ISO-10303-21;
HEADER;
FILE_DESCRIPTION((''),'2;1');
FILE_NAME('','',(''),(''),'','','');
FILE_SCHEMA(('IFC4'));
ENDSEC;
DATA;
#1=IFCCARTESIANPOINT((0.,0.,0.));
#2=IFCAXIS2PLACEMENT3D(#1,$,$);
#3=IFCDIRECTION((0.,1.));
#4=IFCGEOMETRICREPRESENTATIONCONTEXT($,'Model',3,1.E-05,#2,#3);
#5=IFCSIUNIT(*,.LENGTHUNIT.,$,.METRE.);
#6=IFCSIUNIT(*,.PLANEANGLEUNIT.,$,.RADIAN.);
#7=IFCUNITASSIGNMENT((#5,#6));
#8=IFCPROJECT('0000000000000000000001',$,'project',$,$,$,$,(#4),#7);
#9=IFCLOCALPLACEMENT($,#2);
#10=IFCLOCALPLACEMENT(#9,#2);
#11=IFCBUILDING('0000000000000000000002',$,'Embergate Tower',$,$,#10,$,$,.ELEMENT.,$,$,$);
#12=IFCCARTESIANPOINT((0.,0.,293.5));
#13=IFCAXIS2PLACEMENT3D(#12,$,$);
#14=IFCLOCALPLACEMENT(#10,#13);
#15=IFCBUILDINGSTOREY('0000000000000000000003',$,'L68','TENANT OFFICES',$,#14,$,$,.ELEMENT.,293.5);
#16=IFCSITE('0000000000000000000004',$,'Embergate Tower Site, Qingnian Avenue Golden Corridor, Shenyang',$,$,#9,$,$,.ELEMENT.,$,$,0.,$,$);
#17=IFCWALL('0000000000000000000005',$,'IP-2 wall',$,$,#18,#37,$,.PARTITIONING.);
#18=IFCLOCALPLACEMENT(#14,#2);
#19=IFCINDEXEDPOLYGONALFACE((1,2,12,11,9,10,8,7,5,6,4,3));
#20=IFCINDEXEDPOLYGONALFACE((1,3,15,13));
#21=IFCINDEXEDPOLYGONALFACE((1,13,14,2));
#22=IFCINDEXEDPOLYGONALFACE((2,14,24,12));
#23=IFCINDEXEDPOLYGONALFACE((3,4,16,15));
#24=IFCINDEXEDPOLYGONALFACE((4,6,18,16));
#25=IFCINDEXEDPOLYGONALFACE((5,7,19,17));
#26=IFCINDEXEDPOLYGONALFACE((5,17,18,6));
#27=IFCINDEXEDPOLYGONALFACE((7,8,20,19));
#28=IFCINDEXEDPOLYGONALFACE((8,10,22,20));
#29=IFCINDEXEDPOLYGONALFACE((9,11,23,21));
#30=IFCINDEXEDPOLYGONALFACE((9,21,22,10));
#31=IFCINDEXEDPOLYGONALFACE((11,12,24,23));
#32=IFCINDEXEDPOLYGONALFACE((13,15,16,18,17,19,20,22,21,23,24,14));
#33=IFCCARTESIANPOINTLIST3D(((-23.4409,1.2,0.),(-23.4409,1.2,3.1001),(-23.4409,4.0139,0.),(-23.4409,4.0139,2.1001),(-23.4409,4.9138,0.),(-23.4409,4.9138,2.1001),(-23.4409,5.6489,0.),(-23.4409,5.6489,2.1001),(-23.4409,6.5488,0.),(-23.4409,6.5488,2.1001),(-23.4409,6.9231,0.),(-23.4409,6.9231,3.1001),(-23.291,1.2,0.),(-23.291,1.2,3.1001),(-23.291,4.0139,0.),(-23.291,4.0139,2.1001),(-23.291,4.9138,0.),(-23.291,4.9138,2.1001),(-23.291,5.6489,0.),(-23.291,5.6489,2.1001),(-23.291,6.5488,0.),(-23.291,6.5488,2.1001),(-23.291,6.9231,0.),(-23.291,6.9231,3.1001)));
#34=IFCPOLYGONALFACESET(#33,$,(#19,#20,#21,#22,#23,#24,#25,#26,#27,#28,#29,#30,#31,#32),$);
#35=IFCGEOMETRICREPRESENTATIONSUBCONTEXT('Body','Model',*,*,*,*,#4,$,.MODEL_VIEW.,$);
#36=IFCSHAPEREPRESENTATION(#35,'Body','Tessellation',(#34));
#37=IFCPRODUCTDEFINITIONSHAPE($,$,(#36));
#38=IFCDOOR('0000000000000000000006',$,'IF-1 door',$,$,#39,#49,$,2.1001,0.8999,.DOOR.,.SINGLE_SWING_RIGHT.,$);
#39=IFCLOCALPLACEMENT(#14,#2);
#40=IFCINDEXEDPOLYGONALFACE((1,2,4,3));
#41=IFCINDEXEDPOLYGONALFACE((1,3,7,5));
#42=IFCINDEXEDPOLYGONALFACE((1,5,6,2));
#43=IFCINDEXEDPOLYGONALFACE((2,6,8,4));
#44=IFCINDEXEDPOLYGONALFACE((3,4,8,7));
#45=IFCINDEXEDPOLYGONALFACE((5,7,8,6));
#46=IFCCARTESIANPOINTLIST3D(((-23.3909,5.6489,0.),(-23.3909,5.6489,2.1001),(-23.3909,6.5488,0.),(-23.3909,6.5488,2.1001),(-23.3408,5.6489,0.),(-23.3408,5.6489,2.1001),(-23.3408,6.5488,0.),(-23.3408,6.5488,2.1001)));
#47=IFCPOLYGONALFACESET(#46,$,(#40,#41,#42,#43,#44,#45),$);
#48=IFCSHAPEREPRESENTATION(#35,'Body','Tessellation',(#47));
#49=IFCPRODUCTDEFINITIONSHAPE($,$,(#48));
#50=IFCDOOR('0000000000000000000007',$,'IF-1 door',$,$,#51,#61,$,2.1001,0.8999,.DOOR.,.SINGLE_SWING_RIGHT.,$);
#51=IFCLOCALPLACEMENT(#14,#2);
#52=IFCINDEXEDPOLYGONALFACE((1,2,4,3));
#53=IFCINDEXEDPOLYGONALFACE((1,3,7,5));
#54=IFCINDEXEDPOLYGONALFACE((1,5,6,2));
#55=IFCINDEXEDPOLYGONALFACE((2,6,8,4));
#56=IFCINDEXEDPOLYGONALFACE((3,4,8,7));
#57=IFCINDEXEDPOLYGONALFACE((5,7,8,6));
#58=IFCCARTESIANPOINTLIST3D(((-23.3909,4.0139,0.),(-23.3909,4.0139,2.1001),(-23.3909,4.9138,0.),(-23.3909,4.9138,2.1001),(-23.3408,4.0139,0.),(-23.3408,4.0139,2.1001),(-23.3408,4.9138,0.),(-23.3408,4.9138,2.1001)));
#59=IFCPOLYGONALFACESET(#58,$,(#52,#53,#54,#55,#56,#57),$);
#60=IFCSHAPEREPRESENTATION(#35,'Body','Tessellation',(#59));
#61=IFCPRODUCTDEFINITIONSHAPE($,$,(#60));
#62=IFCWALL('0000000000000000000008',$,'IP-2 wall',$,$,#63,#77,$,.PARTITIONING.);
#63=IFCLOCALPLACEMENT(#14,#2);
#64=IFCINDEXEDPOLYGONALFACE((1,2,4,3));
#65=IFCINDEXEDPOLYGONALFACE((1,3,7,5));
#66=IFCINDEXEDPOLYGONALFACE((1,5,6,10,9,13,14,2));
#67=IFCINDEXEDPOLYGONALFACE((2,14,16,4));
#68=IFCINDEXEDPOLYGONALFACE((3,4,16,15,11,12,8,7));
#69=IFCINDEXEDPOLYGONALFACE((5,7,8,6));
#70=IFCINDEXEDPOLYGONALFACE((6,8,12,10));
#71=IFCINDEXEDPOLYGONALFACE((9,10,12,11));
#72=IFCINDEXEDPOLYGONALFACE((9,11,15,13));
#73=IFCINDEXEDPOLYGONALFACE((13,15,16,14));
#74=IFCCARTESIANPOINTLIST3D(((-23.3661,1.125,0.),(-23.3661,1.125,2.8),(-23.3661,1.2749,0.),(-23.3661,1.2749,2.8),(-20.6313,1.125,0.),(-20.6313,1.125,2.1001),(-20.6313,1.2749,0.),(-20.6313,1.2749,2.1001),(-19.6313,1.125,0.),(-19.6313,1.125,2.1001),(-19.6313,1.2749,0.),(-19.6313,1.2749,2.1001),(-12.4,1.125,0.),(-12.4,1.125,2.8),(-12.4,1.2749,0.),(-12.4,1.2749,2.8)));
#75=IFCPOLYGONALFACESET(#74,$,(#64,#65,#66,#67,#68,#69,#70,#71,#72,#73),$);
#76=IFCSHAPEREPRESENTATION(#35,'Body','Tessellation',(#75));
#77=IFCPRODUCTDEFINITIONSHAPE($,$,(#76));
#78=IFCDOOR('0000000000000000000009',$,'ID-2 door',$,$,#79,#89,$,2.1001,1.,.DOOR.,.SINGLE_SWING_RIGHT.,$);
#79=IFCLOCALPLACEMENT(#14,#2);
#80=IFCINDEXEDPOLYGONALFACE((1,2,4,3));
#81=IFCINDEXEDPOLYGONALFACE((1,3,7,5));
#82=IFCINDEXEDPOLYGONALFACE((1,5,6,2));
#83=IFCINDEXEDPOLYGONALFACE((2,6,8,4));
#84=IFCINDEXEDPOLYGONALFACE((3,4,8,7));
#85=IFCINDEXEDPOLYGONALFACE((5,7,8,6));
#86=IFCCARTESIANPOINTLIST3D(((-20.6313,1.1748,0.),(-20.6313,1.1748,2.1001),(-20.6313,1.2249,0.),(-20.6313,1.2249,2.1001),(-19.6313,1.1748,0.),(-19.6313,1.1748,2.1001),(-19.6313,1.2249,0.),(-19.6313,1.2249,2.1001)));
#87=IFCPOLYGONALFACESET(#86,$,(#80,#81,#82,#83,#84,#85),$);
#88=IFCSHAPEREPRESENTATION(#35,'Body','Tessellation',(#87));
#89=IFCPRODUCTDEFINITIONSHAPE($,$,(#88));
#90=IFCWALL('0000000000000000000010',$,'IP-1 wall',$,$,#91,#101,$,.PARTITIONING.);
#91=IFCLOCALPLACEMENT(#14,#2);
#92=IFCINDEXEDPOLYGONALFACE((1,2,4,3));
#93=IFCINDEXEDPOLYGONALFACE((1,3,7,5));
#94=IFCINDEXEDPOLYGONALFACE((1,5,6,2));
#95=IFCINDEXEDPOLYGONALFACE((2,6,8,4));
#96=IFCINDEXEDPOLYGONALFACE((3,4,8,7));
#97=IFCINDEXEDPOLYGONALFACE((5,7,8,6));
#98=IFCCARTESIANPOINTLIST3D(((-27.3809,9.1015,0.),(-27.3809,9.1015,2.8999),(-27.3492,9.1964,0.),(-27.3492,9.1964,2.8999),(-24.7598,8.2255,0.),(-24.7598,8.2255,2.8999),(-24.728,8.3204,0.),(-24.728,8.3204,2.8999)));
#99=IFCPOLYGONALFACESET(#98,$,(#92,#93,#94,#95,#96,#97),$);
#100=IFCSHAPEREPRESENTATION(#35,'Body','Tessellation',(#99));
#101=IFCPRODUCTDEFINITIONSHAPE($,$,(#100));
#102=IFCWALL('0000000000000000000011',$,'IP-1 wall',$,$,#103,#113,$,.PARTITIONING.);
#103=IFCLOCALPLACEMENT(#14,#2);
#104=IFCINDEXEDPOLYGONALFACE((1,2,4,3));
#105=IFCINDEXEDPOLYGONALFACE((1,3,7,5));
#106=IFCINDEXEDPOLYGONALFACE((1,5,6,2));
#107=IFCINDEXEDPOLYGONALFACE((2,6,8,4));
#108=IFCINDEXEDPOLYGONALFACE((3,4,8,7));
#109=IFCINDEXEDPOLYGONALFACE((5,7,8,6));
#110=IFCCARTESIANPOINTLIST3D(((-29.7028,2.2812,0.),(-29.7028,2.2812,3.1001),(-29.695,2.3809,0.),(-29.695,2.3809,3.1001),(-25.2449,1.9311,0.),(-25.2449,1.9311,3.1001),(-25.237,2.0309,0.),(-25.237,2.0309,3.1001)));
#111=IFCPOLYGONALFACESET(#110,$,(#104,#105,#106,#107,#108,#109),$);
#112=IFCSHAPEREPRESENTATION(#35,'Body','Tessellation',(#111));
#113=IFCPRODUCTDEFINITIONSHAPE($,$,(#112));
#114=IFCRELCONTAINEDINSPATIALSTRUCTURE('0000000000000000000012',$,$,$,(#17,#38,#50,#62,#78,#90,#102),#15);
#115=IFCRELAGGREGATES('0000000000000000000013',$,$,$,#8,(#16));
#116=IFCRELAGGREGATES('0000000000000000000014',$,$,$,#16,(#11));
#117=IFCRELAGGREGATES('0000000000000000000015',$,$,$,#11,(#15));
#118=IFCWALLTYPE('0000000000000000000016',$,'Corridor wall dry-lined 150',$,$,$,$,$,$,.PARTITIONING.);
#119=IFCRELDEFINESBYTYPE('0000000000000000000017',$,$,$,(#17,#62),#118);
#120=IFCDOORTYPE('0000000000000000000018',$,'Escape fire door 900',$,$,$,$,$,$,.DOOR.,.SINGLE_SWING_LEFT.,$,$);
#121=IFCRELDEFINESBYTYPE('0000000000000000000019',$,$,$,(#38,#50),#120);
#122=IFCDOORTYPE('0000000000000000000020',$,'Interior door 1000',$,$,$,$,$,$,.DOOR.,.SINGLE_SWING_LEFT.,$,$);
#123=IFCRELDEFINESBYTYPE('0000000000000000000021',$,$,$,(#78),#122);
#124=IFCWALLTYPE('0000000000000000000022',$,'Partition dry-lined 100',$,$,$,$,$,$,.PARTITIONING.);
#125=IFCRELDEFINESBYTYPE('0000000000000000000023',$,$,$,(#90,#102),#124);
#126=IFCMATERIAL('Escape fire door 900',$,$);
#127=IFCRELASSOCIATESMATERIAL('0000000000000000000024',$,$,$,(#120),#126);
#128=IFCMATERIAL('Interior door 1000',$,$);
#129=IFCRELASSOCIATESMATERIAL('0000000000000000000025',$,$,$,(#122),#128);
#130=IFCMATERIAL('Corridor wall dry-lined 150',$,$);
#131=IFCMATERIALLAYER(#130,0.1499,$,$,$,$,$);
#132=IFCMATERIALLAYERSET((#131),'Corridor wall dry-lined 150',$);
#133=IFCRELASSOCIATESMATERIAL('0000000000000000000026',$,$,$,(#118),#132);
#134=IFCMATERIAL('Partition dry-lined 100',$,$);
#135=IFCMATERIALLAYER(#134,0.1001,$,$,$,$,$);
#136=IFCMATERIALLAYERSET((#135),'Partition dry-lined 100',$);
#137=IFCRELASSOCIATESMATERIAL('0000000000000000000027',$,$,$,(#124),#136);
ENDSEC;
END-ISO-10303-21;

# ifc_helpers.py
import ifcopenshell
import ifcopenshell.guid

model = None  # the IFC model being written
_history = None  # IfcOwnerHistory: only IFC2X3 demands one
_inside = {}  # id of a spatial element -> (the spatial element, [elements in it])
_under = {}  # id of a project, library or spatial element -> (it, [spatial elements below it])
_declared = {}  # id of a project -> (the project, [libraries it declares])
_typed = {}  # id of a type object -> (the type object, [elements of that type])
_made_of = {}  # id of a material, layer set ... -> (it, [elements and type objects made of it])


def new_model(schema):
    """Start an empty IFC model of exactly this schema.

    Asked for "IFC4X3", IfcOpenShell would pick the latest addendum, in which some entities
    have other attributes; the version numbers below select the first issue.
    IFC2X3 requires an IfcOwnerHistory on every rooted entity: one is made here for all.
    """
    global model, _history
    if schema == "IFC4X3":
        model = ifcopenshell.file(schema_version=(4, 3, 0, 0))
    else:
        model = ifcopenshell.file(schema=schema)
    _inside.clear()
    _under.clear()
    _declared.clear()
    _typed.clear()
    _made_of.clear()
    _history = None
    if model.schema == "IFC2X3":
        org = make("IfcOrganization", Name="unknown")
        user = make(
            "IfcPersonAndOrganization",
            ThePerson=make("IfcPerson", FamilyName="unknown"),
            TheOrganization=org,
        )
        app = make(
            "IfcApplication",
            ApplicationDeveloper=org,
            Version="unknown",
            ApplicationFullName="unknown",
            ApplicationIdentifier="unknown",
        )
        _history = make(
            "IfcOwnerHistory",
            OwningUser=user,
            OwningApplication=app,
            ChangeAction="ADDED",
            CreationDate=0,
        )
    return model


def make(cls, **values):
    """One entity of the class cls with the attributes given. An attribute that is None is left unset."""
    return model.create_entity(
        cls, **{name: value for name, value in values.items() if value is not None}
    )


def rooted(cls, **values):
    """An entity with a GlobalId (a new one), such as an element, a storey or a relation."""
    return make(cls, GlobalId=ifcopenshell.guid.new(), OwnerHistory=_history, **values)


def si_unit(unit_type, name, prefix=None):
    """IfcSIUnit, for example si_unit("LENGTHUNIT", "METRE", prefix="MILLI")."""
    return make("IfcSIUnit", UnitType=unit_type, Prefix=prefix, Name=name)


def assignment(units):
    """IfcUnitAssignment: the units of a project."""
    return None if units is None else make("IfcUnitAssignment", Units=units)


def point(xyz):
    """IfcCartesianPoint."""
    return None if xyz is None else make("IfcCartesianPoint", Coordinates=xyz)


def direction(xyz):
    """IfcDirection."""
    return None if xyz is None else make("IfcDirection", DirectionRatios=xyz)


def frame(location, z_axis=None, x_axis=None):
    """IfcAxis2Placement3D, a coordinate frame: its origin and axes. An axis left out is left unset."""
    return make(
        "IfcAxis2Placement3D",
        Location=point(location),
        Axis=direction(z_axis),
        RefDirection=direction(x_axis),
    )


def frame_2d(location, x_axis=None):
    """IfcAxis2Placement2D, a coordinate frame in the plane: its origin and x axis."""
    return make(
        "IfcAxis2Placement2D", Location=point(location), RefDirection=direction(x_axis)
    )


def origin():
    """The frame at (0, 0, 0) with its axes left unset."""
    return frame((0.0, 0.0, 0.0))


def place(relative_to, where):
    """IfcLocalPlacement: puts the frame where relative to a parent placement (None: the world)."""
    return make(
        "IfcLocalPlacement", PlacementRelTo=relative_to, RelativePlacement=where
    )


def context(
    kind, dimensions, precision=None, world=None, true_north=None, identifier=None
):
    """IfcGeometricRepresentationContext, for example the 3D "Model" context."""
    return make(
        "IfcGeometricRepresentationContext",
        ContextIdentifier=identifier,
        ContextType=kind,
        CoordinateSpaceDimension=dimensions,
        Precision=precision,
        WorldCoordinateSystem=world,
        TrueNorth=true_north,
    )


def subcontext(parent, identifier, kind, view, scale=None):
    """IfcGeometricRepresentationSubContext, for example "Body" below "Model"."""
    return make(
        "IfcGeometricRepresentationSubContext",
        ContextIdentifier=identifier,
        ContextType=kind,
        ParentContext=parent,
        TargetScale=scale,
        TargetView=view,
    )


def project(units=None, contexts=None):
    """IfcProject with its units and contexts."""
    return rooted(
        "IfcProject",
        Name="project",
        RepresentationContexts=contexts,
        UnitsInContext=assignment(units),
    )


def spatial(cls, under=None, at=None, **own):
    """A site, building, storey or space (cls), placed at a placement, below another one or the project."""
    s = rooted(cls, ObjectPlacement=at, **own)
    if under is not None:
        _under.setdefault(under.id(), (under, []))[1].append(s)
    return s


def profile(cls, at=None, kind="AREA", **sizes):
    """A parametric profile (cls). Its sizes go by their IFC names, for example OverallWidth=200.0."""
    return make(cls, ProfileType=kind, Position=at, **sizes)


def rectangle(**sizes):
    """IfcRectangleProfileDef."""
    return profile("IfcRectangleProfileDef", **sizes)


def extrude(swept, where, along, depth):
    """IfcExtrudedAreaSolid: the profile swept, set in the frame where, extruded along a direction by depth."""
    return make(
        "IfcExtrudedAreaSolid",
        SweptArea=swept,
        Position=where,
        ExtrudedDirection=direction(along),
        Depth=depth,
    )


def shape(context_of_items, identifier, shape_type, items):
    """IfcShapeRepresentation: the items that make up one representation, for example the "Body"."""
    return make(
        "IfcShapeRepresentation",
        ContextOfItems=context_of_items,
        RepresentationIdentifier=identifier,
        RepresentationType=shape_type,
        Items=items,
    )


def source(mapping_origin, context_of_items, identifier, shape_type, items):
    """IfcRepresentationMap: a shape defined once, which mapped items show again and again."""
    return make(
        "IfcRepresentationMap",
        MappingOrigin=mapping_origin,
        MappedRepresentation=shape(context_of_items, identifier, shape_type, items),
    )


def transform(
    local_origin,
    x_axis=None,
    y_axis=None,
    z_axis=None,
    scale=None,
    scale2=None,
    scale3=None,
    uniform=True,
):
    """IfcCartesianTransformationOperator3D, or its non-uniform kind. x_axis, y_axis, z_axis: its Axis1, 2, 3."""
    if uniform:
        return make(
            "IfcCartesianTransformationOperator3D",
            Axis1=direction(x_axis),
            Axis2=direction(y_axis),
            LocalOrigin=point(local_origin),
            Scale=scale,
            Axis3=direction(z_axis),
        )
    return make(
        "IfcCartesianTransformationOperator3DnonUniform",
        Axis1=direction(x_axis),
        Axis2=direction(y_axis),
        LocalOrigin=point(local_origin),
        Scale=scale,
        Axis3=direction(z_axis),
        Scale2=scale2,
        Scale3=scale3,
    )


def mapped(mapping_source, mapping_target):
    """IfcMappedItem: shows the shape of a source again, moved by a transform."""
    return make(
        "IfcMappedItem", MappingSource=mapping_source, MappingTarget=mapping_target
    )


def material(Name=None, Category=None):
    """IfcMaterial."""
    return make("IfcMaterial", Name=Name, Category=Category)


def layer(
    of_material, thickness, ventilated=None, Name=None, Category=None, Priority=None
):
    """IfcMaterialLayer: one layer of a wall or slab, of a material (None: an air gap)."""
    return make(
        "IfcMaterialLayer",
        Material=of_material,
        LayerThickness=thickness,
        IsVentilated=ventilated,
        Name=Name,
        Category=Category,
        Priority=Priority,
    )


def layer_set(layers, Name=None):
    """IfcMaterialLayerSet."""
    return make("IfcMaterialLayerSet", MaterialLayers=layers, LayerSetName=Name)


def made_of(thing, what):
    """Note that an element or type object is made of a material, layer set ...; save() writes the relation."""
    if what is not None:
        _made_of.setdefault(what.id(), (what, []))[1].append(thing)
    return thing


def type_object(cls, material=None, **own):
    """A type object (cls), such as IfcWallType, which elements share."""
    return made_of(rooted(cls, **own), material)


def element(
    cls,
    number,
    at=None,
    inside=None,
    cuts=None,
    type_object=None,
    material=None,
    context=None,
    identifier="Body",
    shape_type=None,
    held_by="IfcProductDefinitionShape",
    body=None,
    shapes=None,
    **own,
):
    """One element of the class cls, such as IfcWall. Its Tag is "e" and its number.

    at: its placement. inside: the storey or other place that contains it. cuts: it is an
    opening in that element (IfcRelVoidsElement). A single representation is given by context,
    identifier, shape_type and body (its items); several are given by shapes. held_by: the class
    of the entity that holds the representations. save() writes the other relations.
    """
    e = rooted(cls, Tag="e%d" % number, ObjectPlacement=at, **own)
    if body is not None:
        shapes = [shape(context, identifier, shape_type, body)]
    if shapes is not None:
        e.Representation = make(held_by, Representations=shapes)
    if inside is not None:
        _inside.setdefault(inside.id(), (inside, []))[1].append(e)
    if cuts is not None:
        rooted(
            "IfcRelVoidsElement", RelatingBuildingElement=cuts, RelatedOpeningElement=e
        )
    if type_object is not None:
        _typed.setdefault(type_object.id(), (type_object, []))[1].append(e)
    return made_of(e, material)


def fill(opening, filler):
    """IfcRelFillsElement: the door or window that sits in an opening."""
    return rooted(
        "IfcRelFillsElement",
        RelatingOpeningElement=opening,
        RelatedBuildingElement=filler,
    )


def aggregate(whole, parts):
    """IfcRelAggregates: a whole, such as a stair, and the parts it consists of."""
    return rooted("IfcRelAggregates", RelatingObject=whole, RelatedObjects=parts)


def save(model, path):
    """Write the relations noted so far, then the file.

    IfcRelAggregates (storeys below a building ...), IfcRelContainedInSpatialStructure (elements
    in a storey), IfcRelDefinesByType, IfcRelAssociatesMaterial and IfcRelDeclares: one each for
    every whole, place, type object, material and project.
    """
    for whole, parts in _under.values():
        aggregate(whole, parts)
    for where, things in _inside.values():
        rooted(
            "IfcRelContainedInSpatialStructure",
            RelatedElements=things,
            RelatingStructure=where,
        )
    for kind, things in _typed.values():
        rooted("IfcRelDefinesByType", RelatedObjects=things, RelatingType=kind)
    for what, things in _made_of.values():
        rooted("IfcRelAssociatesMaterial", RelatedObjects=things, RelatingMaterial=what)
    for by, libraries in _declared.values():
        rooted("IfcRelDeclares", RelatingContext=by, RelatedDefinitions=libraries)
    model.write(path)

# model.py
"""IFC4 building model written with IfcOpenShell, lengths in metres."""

from ifc_helpers import new_model, si_unit, direction, frame, frame_2d, origin, place, context, subcontext, project, spatial, rectangle, extrude, source, transform, mapped, material, layer, layer_set, type_object, element, fill, save


model = new_model("IFC4")

# Units and contexts
model_context = context("Model", 3, precision=1e-05, world=origin(), true_north=direction((0.0, 1.0)))
body_context = subcontext(model_context, "Body", "Model", "MODEL_VIEW")
ifc_project = project(units=[si_unit("LENGTHUNIT", "METRE"), si_unit("PLANEANGLEUNIT", "RADIAN")], contexts=[model_context])

# Site, building, storey
site_placement = place(None, origin())
site = spatial("IfcSite", under=ifc_project, at=site_placement, Name="Embergate Tower Site, Qingnian Avenue Golden Corridor, Shenyang", CompositionType="ELEMENT", RefElevation=0.0)
building_placement = place(site_placement, origin())
building = spatial("IfcBuilding", under=site, at=building_placement, Name="Embergate Tower", CompositionType="ELEMENT")
storey_placement = place(building_placement, frame((0.0, 0.0, 293.5)))
storey = spatial("IfcBuildingStorey", under=building, at=storey_placement, Name="L68", Description="TENANT OFFICES", CompositionType="ELEMENT", Elevation=293.5)

# Shared definitions
shared_shape_1 = source(origin(), body_context, "Body", "SweptSolid", [
    extrude(rectangle(XDim=1.0, YDim=2.1001, at=frame_2d((0.5, 1.05))), frame((0.0, 0.085, 0.0), z_axis=(0.0, -1.0, 0.0), x_axis=(1.0, 0.0, 0.0)), (0.0, 0.0, 1.0), 0.1699),
])
shared_shape_2 = source(origin(), body_context, "Body", "SweptSolid", [
    extrude(rectangle(XDim=0.8999, YDim=2.1001, at=frame_2d((0.45, 1.05))), frame((0.0, 0.085, 0.0), z_axis=(0.0, -1.0, 0.0), x_axis=(1.0, 0.0, 0.0)), (0.0, 0.0, 1.0), 0.1699),
])
ifc_material_1 = material(Name="Escape fire door 900")
door_type_1 = type_object("IfcDoorType", Name="Escape fire door 900", OperationType="SINGLE_SWING_LEFT", PredefinedType="DOOR", material=ifc_material_1)
shared_shape_3 = source(origin(), body_context, "Body", "SweptSolid", [
    extrude(rectangle(XDim=0.8999, YDim=2.1001, at=frame_2d((0.45, 1.05))), frame((0.0, 0.0249, 0.0), z_axis=(0.0, -1.0, 0.0), x_axis=(1.0, 0.0, 0.0)), (0.0, 0.0, 1.0), 0.05),
])
ifc_material_2 = material(Name="Interior door 1000")
door_type_2 = type_object("IfcDoorType", Name="Interior door 1000", OperationType="SINGLE_SWING_LEFT", PredefinedType="DOOR", material=ifc_material_2)
shared_shape_4 = source(origin(), body_context, "Body", "SweptSolid", [
    extrude(rectangle(XDim=1.0, YDim=2.1001, at=frame_2d((0.5, 1.05))), frame((0.0, 0.0249, 0.0), z_axis=(0.0, -1.0, 0.0), x_axis=(1.0, 0.0, 0.0)), (0.0, 0.0, 1.0), 0.05),
])

# Shared definitions
ifc_material_3 = material(Name="Corridor wall dry-lined 150")
ifc_layer_1 = layer(ifc_material_3, 0.1499)
ifc_layer_set_1 = layer_set([ifc_layer_1], Name="Corridor wall dry-lined 150")
wall_type_1 = type_object("IfcWallType", Name="Corridor wall dry-lined 150", PredefinedType="PARTITIONING", material=ifc_layer_set_1)

# Wall, openings, doors
shared_shape_5 = source(origin(), body_context, "Body", "SweptSolid", [
    extrude(rectangle(XDim=5.7231, YDim=0.1499, at=frame_2d((2.8616, 0.0))), origin(), (0.0, 0.0, 1.0), 3.1001),
])
wall_1_placement = place(storey_placement, frame((-23.366, 1.2, 0.0), z_axis=(0.0, 0.0, 1.0), x_axis=(0.0, 1.0, 0.0)))
wall_1 = element("IfcWall", 1, at=wall_1_placement, inside=storey, type_object=wall_type_1, Name="IP-2 wall", PredefinedType="PARTITIONING", context=body_context, shape_type="MappedRepresentation", body=[
    mapped(shared_shape_5, transform((0.0, 0.0, 0.0))),
])
opening_1_placement = place(wall_1_placement, frame((4.449, 0.0, 0.0)))
opening_1 = element("IfcOpeningElement", 2, at=opening_1_placement, cuts=wall_1, PredefinedType="OPENING", context=body_context, shape_type="MappedRepresentation", body=[
    mapped(shared_shape_2, transform((0.0, 0.0, 0.0))),
])
opening_2_placement = place(wall_1_placement, frame((2.814, 0.0, 0.0)))
opening_2 = element("IfcOpeningElement", 3, at=opening_2_placement, cuts=wall_1, PredefinedType="OPENING", context=body_context, shape_type="MappedRepresentation", body=[
    mapped(shared_shape_2, transform((0.0, 0.0, 0.0))),
])
door_1_placement = place(opening_1_placement, origin())
door_1 = element("IfcDoor", 4, at=door_1_placement, inside=storey, type_object=door_type_1, Name="IF-1 door", OperationType="SINGLE_SWING_RIGHT", OverallHeight=2.1001, OverallWidth=0.8999, PredefinedType="DOOR", context=body_context, shape_type="MappedRepresentation", body=[
    mapped(shared_shape_3, transform((0.0, 0.0, 0.0))),
])
fill(opening_1, door_1)
door_2_placement = place(opening_2_placement, origin())
door_2 = element("IfcDoor", 5, at=door_2_placement, inside=storey, type_object=door_type_1, Name="IF-1 door", OperationType="SINGLE_SWING_RIGHT", OverallHeight=2.1001, OverallWidth=0.8999, PredefinedType="DOOR", context=body_context, shape_type="MappedRepresentation", body=[
    mapped(shared_shape_3, transform((0.0, 0.0, 0.0))),
])
fill(opening_2, door_2)

# Wall, opening, door
shared_shape_6 = source(origin(), body_context, "Body", "SweptSolid", [
    extrude(rectangle(XDim=10.9661, YDim=0.1499, at=frame_2d((5.4829, 0.0))), origin(), (0.0, 0.0, 1.0), 2.8),
])
wall_2_placement = place(storey_placement, frame((-23.366, 1.2, 0.0), z_axis=(0.0, 0.0, 1.0), x_axis=(1.0, 0.0, 0.0)))
wall_2 = element("IfcWall", 6, at=wall_2_placement, inside=storey, type_object=wall_type_1, Name="IP-2 wall", PredefinedType="PARTITIONING", context=body_context, shape_type="MappedRepresentation", body=[
    mapped(shared_shape_6, transform((0.0, 0.0, 0.0))),
])
opening_3_placement = place(wall_2_placement, frame((2.7346, 0.0, 0.0)))
opening_3 = element("IfcOpeningElement", 7, at=opening_3_placement, cuts=wall_2, PredefinedType="OPENING", context=body_context, shape_type="MappedRepresentation", body=[
    mapped(shared_shape_1, transform((0.0, 0.0, 0.0))),
])
door_3_placement = place(opening_3_placement, origin())
door_3 = element("IfcDoor", 8, at=door_3_placement, inside=storey, type_object=door_type_2, Name="ID-2 door", OperationType="SINGLE_SWING_RIGHT", OverallHeight=2.1001, OverallWidth=1.0, PredefinedType="DOOR", context=body_context, shape_type="MappedRepresentation", body=[
    mapped(shared_shape_4, transform((0.0, 0.0, 0.0))),
])
fill(opening_3, door_3)

# Walls
ifc_material_4 = material(Name="Partition dry-lined 100")
ifc_layer_2 = layer(ifc_material_4, 0.1001)
ifc_layer_set_2 = layer_set([ifc_layer_2], Name="Partition dry-lined 100")
wall_type_2 = type_object("IfcWallType", Name="Partition dry-lined 100", PredefinedType="PARTITIONING", material=ifc_layer_set_2)
shared_shape_7 = source(origin(), body_context, "Body", "SweptSolid", [
    extrude(rectangle(XDim=2.7637, YDim=0.1001, at=frame_2d((1.3818, 0.0))), origin(), (0.0, 0.0, 1.0), 2.8999),
])
wall_3_placement = place(storey_placement, frame((-24.7439, 8.2729, 0.0), z_axis=(0.0, 0.0, 1.0), x_axis=(-0.948436, 0.31697, 0.0)))
element("IfcWall", 9, at=wall_3_placement, inside=storey, type_object=wall_type_2, Name="IP-1 wall", PredefinedType="PARTITIONING", context=body_context, shape_type="MappedRepresentation", body=[
    mapped(shared_shape_7, transform((0.0, 0.0, 0.0))),
])
shared_shape_8 = source(origin(), body_context, "Body", "SweptSolid", [
    extrude(rectangle(XDim=4.4717, YDim=0.1001, at=frame_2d((2.2358, 0.0))), origin(), (0.0, 0.0, 1.0), 3.1001),
])
wall_4_placement = place(storey_placement, frame((-25.241, 1.981, 0.0), z_axis=(0.0, 0.0, 1.0), x_axis=(-0.996931, 0.078291, 0.0)))
element("IfcWall", 10, at=wall_4_placement, inside=storey, type_object=wall_type_2, Name="IP-1 wall", PredefinedType="PARTITIONING", context=body_context, shape_type="MappedRepresentation", body=[
    mapped(shared_shape_8, transform((0.0, 0.0, 0.0))),
])

save(model, "model.ifc")
